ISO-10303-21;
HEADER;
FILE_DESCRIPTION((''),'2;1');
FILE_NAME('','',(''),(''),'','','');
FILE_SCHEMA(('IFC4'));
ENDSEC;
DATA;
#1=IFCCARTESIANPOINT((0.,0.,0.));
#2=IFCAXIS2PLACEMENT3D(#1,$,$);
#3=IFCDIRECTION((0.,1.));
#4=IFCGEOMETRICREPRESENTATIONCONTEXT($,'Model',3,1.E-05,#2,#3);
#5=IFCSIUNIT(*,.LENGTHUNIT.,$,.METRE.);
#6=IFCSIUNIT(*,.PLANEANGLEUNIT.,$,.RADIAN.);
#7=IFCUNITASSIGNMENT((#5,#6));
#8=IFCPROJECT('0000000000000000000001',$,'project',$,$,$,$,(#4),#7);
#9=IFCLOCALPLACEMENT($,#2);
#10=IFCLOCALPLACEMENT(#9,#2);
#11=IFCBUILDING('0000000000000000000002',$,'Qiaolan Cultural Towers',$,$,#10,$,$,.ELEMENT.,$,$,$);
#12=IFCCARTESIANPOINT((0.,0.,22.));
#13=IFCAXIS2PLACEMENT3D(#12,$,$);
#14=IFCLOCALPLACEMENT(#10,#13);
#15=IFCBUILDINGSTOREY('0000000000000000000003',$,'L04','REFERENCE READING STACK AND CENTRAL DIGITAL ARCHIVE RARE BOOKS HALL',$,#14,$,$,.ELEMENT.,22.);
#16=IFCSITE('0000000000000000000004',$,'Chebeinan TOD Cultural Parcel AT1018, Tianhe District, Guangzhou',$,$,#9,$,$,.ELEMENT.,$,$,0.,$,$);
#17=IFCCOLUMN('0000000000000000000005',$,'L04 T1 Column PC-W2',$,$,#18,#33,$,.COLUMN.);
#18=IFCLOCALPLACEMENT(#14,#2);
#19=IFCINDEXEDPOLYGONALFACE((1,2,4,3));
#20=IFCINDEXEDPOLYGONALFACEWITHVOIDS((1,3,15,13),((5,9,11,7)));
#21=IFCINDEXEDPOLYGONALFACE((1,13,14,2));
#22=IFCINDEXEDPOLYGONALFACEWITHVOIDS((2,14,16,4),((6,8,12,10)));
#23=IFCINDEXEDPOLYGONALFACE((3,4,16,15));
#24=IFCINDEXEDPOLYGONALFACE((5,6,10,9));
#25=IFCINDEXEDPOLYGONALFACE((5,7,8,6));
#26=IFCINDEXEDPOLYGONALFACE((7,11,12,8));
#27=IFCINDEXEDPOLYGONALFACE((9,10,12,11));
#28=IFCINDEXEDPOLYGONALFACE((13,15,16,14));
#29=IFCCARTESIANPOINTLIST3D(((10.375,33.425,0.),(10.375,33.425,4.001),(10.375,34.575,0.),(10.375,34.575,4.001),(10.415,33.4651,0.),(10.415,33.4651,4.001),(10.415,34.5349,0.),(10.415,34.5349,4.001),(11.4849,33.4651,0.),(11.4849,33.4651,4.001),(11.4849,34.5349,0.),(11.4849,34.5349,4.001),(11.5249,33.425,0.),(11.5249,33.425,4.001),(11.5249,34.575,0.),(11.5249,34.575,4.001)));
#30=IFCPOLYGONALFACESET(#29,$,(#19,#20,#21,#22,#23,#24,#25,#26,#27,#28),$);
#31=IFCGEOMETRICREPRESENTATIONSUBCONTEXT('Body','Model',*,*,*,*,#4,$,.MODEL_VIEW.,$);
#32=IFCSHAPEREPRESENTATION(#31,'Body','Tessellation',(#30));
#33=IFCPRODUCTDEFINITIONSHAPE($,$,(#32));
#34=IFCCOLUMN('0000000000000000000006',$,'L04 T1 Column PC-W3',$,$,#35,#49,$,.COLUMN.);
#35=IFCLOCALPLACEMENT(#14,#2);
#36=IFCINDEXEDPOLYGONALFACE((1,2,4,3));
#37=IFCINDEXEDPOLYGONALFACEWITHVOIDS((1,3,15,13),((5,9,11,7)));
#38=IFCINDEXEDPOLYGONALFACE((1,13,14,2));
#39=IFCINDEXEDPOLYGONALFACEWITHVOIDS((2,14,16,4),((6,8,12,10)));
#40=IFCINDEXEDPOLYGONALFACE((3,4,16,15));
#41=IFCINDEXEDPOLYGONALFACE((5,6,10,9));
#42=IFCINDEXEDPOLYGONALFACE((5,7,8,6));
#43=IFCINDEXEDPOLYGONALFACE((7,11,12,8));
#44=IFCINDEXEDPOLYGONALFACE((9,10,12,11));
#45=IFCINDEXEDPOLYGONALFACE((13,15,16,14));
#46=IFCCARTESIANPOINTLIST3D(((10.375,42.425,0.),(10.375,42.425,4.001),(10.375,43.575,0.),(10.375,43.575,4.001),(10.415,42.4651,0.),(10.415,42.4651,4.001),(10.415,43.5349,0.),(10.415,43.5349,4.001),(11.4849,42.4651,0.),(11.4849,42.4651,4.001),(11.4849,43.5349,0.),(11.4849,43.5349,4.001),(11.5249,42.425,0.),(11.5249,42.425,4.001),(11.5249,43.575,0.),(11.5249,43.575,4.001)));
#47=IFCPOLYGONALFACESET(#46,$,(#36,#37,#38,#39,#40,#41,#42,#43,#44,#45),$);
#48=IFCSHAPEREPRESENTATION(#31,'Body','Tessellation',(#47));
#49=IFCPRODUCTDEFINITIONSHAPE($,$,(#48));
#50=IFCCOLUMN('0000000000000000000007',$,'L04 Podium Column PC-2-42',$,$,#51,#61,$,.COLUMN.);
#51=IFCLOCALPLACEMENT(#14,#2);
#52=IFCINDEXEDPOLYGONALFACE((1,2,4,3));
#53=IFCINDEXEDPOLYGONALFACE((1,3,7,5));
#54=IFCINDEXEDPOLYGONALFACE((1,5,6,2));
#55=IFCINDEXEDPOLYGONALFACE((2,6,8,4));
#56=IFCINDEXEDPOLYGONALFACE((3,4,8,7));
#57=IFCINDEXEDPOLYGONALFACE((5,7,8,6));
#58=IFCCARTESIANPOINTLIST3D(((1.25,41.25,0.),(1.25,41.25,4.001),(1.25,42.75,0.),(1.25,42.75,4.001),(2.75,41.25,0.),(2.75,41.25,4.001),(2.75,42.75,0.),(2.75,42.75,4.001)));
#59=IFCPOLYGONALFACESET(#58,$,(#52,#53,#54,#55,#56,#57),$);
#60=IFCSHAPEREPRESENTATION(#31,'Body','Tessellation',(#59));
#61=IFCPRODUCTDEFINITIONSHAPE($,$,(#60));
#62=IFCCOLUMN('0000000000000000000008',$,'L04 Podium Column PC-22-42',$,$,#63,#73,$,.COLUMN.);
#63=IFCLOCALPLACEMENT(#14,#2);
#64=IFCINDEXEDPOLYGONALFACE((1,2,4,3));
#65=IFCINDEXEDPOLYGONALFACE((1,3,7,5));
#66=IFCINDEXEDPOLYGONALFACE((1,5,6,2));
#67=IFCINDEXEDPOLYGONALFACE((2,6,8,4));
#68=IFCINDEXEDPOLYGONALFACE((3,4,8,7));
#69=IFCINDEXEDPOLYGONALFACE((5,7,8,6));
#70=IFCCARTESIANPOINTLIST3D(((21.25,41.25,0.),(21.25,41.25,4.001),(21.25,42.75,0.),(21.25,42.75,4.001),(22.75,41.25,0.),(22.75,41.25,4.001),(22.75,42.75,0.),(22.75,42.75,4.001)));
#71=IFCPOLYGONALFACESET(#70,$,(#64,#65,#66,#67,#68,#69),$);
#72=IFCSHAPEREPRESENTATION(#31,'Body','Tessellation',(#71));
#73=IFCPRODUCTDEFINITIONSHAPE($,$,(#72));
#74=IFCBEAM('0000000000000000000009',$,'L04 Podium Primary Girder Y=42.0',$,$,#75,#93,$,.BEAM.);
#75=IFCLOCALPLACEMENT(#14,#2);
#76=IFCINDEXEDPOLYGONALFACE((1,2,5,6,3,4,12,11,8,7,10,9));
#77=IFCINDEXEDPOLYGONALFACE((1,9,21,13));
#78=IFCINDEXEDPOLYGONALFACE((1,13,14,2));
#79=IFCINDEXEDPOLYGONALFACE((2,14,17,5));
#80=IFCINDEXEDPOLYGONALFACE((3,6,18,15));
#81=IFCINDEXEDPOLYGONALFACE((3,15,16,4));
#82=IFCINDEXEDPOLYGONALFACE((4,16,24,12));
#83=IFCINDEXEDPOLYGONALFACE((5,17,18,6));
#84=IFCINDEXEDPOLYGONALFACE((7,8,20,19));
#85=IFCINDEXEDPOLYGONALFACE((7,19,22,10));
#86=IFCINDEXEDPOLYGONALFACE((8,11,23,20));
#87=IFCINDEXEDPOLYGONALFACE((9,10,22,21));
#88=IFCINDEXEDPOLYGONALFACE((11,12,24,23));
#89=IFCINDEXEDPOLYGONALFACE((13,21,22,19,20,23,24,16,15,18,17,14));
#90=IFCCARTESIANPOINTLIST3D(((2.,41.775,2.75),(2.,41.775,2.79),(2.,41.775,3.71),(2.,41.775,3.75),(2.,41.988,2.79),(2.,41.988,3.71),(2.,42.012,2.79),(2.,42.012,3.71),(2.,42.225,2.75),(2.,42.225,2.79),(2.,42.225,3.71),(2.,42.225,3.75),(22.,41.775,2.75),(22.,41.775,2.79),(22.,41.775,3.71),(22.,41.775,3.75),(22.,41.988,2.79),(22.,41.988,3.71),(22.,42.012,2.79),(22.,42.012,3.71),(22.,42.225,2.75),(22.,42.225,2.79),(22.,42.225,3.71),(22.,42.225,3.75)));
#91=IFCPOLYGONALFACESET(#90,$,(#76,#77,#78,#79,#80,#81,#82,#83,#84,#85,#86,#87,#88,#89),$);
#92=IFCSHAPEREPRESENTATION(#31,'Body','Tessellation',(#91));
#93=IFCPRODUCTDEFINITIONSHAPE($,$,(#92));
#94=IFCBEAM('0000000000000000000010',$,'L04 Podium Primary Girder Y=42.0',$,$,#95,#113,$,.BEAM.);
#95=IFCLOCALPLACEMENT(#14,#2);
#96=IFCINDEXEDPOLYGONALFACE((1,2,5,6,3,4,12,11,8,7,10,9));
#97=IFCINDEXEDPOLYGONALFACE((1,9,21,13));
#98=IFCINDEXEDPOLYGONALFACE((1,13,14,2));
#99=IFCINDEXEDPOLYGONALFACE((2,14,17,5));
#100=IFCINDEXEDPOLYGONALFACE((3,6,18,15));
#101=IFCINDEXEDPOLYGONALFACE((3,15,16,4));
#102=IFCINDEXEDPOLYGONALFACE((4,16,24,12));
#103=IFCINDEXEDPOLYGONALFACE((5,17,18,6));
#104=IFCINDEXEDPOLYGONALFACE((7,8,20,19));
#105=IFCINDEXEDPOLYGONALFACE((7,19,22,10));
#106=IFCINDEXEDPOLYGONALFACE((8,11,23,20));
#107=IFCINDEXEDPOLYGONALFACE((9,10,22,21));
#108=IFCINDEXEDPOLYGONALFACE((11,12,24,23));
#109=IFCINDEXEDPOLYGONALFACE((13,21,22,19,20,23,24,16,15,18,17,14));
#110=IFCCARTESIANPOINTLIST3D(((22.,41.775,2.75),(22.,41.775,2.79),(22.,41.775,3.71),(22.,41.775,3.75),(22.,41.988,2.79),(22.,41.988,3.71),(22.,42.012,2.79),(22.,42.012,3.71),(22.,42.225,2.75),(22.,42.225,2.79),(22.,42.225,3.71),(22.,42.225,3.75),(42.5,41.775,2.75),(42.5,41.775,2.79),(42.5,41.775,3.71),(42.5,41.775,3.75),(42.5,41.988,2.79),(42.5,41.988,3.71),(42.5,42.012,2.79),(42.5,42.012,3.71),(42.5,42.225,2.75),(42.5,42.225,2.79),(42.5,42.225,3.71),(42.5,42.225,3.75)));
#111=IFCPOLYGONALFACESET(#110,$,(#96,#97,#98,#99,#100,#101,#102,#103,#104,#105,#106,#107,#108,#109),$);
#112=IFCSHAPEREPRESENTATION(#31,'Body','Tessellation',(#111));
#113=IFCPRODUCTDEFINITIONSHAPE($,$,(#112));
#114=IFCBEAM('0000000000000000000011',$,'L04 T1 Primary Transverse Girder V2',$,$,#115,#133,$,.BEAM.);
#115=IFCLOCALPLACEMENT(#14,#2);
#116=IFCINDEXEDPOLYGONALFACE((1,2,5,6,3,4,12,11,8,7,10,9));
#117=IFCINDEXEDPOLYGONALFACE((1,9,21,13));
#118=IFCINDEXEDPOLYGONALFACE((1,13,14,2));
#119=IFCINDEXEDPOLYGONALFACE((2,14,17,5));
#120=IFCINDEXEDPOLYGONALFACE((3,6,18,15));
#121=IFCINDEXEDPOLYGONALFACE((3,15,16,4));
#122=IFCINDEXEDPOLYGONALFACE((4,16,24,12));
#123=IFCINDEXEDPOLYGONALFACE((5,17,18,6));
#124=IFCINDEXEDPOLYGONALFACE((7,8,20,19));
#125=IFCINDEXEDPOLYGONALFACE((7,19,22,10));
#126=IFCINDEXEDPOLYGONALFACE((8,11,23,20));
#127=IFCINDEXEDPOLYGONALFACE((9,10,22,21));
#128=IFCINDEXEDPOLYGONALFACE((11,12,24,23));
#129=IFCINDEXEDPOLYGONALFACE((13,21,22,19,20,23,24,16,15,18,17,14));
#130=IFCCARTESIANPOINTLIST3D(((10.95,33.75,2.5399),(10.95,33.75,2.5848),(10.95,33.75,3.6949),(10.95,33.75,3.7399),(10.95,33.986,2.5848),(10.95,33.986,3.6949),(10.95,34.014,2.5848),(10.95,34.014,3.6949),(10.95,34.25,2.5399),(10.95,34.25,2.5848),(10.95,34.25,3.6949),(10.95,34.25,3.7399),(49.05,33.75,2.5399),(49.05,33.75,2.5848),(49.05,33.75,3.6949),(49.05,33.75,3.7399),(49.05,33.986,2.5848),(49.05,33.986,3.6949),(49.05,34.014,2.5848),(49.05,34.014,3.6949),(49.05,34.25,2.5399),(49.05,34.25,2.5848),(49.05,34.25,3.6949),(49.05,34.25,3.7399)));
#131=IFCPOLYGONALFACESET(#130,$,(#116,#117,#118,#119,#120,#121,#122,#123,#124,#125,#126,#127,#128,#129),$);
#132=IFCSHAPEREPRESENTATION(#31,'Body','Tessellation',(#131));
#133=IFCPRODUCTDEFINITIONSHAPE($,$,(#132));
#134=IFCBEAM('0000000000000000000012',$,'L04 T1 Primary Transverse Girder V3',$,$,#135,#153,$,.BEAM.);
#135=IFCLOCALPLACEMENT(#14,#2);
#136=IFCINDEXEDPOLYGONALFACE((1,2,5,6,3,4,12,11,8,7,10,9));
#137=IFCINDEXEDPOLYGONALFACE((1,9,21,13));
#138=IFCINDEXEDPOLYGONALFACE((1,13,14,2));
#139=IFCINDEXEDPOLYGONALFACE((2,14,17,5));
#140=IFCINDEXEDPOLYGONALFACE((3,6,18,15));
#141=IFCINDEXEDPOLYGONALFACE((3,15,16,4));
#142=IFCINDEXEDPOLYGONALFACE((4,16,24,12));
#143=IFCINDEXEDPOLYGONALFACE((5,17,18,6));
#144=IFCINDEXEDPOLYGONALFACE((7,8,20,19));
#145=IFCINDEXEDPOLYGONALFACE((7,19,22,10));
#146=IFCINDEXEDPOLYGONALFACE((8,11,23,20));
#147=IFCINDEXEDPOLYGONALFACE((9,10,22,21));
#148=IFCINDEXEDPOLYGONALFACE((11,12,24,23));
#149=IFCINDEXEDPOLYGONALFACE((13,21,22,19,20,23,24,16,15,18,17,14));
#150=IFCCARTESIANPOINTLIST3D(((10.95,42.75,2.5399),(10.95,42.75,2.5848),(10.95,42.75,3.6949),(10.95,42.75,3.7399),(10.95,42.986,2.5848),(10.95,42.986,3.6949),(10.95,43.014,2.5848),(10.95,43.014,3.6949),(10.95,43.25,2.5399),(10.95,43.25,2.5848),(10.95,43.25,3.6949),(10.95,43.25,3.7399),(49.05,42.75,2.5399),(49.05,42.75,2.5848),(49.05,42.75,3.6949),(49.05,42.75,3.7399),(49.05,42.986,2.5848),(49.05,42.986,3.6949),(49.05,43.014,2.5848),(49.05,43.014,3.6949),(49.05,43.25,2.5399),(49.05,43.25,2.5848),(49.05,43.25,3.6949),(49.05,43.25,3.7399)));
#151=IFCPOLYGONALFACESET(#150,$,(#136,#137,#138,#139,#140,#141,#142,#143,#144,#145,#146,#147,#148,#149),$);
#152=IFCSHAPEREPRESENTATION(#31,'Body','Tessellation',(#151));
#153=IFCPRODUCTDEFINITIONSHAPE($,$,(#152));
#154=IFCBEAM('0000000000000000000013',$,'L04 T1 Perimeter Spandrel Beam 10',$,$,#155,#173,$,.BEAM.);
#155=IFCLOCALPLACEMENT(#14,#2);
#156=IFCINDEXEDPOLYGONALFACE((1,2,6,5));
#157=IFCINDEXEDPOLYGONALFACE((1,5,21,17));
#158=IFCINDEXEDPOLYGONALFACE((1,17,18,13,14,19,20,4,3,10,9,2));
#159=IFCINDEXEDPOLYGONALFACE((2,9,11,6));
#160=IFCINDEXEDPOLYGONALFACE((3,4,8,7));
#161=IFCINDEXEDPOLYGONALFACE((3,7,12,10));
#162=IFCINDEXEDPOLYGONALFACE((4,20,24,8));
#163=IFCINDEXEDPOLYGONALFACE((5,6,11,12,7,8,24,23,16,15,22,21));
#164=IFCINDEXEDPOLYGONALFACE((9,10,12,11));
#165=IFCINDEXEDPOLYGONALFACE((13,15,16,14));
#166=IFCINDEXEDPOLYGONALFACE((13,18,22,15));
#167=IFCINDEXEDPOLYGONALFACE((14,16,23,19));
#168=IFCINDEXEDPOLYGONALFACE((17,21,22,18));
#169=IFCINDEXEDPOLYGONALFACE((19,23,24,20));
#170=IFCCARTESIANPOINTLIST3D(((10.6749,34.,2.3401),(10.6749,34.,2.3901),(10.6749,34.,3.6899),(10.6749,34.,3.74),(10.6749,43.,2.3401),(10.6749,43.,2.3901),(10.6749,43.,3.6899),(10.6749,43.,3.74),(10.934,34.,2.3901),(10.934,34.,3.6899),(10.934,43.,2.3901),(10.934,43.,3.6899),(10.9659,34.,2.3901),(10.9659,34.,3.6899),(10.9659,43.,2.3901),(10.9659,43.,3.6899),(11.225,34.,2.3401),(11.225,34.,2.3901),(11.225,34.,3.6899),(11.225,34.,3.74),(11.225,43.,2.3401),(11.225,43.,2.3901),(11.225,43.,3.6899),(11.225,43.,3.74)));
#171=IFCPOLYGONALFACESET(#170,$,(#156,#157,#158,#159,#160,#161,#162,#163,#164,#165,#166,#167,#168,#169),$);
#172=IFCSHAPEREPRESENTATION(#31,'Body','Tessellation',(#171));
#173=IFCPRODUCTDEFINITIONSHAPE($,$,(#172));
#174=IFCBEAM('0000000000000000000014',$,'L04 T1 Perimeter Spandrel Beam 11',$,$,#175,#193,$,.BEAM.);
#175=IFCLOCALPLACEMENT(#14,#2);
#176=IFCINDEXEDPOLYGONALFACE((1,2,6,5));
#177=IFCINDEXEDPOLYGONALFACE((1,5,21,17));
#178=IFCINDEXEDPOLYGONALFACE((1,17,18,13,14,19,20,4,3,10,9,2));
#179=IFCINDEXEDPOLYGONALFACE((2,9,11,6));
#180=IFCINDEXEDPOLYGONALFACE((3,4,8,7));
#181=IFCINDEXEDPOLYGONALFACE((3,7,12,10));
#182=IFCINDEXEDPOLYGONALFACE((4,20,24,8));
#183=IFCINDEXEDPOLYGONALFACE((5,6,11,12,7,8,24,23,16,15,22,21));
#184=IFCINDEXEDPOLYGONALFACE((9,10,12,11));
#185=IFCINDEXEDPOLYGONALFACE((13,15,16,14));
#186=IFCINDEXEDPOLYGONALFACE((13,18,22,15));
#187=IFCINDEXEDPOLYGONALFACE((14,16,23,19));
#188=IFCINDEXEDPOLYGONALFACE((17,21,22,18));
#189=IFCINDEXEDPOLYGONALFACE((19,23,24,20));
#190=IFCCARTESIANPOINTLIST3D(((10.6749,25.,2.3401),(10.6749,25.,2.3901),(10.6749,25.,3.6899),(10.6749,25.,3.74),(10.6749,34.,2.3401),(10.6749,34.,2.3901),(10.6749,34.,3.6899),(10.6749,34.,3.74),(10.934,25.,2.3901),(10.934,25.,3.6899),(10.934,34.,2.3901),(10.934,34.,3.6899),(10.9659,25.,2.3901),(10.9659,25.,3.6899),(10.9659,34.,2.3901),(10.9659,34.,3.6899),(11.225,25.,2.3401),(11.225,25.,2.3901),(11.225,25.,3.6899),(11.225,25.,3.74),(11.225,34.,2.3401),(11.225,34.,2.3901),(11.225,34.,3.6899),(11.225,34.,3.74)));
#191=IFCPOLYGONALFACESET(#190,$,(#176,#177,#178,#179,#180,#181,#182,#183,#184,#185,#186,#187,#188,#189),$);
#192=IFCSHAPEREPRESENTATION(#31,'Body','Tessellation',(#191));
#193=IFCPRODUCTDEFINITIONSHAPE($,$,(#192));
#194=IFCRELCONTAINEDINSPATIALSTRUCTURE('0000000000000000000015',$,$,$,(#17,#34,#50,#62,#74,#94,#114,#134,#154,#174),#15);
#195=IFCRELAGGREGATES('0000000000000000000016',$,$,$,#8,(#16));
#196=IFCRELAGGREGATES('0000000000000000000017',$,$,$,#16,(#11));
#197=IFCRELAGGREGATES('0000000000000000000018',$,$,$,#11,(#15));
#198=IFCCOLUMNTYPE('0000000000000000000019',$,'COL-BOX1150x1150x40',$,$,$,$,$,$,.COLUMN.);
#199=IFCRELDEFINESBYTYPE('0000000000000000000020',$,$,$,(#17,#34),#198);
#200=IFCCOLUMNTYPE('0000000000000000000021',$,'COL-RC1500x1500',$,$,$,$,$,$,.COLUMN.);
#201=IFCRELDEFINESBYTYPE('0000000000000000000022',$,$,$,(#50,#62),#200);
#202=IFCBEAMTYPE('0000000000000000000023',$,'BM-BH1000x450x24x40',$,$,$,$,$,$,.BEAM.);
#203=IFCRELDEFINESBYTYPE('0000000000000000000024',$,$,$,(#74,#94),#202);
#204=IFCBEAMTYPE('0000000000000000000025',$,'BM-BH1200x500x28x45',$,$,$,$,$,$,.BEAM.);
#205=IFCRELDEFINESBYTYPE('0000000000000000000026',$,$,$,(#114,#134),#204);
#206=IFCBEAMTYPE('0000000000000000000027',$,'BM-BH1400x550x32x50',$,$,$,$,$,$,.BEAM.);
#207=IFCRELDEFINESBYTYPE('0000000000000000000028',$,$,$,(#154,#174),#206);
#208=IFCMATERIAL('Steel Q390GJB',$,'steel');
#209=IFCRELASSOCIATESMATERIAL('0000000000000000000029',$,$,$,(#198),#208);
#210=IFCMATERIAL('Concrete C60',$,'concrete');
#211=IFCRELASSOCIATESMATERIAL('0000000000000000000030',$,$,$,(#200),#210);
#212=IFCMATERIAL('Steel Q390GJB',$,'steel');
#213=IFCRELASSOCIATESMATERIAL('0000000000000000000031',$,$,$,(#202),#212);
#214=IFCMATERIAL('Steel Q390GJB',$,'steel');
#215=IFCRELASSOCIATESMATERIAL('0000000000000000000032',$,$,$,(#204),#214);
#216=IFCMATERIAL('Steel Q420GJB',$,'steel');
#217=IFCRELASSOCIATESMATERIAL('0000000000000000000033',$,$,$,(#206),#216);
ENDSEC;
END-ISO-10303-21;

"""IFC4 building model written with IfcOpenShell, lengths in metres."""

from ifc_helpers import new_model, si_unit, direction, frame, origin, origin_2d, place, context, subcontext, project, spatial, rectangle, hollow_rectangle, i_section, extrude, material, material_profile, profile_set, type_object, element, save


model = new_model("IFC4")

# Units and contexts
model_context = context("Model", 3, precision=1e-05, world=origin(), true_north=direction((0.0, 1.0)))
body_context = subcontext(model_context, "Body", "Model", "MODEL_VIEW")
ifc_project = project(units=[si_unit("LENGTHUNIT", "METRE"), si_unit("PLANEANGLEUNIT", "RADIAN")], contexts=[model_context])

# Site, building, storey
site_placement = place(None, origin())
site = spatial("IfcSite", under=ifc_project, at=site_placement, Name="Chebeinan TOD Cultural Parcel AT1018, Tianhe District, Guangzhou", CompositionType="ELEMENT", RefElevation=0.0)
building_placement = place(site_placement, origin())
building = spatial("IfcBuilding", under=site, at=building_placement, Name="Qiaolan Cultural Towers", CompositionType="ELEMENT")
storey_placement = place(building_placement, frame((0.0, 0.0, 22.0)))
storey = spatial("IfcBuildingStorey", under=building, at=storey_placement, Name="L04", Description="REFERENCE READING STACK AND CENTRAL DIGITAL ARCHIVE RARE BOOKS HALL", CompositionType="ELEMENT", Elevation=22.0)

# Columns
ifc_material_1 = material(Name="Steel Q390GJB", Category="steel")
ifc_material_profile_1 = material_profile(ifc_material_1, hollow_rectangle(XDim=1.1499, YDim=1.1499, WallThickness=0.04, at=origin_2d()), Name="BOX1150x1150x40")
ifc_profile_set_1 = profile_set([ifc_material_profile_1], Name="Steel Q390GJB")
column_type_1 = type_object("IfcColumnType", Name="COL-BOX1150x1150x40", PredefinedType="COLUMN", material=ifc_profile_set_1)
for number, where, z_axis, x_axis, name in (
    (1, (10.95, 34.0, 0.0), (0.0, 0.0, 1.0), (1.0, 0.0, 0.0), "L04 T1 Column PC-W2"),
    (2, (10.95, 43.0, 0.0), (0.0, 0.0, 1.0), (1.0, 0.0, 0.0), "L04 T1 Column PC-W3"),
):
    element("IfcColumn", number, at=place(storey_placement, frame(where, z_axis=z_axis, x_axis=x_axis)), inside=storey, type_object=column_type_1, Name=name, PredefinedType="COLUMN", context=body_context, shape_type="SweptSolid", body=[
        extrude(hollow_rectangle(XDim=1.1499, YDim=1.1499, WallThickness=0.04, at=origin_2d()), origin(), (0.0, 0.0, 1.0), 4.001),
    ])
ifc_material_2 = material(Name="Concrete C60", Category="concrete")
ifc_material_profile_2 = material_profile(ifc_material_2, rectangle(XDim=1.5, YDim=1.5, at=origin_2d()), Name="RC1500x1500")
ifc_profile_set_2 = profile_set([ifc_material_profile_2], Name="Concrete C60")
column_type_2 = type_object("IfcColumnType", Name="COL-RC1500x1500", PredefinedType="COLUMN", material=ifc_profile_set_2)
for number, where, z_axis, x_axis, name in (
    (3, (2.0, 42.0, 0.0), (0.0, 0.0, 1.0), (1.0, 0.0, 0.0), "L04 Podium Column PC-2-42"),
    (4, (22.0, 42.0, 0.0), (0.0, 0.0, 1.0), (1.0, 0.0, 0.0), "L04 Podium Column PC-22-42"),
):
    element("IfcColumn", number, at=place(storey_placement, frame(where, z_axis=z_axis, x_axis=x_axis)), inside=storey, type_object=column_type_2, Name=name, PredefinedType="COLUMN", context=body_context, shape_type="SweptSolid", body=[
        extrude(rectangle(XDim=1.5, YDim=1.5, at=origin_2d()), origin(), (0.0, 0.0, 1.0), 4.001),
    ])

# Beams
ifc_material_3 = material(Name="Steel Q390GJB", Category="steel")
ifc_material_profile_3 = material_profile(ifc_material_3, i_section(OverallWidth=0.45, OverallDepth=1.0, WebThickness=0.0239, FlangeThickness=0.04, at=origin_2d()), Name="BH1000x450x24x40")
ifc_profile_set_3 = profile_set([ifc_material_profile_3], Name="Steel Q390GJB")
beam_type_1 = type_object("IfcBeamType", Name="BM-BH1000x450x24x40", PredefinedType="BEAM", material=ifc_profile_set_3)
beam_1_placement = place(storey_placement, frame((2.0, 42.0, 3.25), z_axis=(1.0, 0.0, 0.0), x_axis=(0.0, 1.0, 0.0)))
element("IfcBeam", 5, at=beam_1_placement, inside=storey, type_object=beam_type_1, Name="L04 Podium Primary Girder Y=42.0", PredefinedType="BEAM", context=body_context, shape_type="SweptSolid", body=[
    extrude(i_section(OverallWidth=0.45, OverallDepth=1.0, WebThickness=0.0239, FlangeThickness=0.04, at=origin_2d()), origin(), (0.0, 0.0, 1.0), 20.0),
])
beam_2_placement = place(storey_placement, frame((22.0, 42.0, 3.25), z_axis=(1.0, 0.0, 0.0), x_axis=(0.0, 1.0, 0.0)))
element("IfcBeam", 6, at=beam_2_placement, inside=storey, type_object=beam_type_1, Name="L04 Podium Primary Girder Y=42.0", PredefinedType="BEAM", context=body_context, shape_type="SweptSolid", body=[
    extrude(i_section(OverallWidth=0.45, OverallDepth=1.0, WebThickness=0.0239, FlangeThickness=0.04, at=origin_2d()), origin(), (0.0, 0.0, 1.0), 20.5),
])
ifc_material_4 = material(Name="Steel Q390GJB", Category="steel")
ifc_material_profile_4 = material_profile(ifc_material_4, i_section(OverallWidth=0.5, OverallDepth=1.2, WebThickness=0.0281, FlangeThickness=0.0449, at=origin_2d()), Name="BH1200x500x28x45")
ifc_profile_set_4 = profile_set([ifc_material_profile_4], Name="Steel Q390GJB")
beam_type_2 = type_object("IfcBeamType", Name="BM-BH1200x500x28x45", PredefinedType="BEAM", material=ifc_profile_set_4)
for number, where, z_axis, x_axis, name in (
    (7, (10.95, 34.0, 3.1399), (1.0, 0.0, 0.0), (0.0, 1.0, 0.0), "L04 T1 Primary Transverse Girder V2"),
    (8, (10.95, 43.0, 3.1399), (1.0, 0.0, 0.0), (0.0, 1.0, 0.0), "L04 T1 Primary Transverse Girder V3"),
):
    element("IfcBeam", number, at=place(storey_placement, frame(where, z_axis=z_axis, x_axis=x_axis)), inside=storey, type_object=beam_type_2, Name=name, PredefinedType="BEAM", context=body_context, shape_type="SweptSolid", body=[
        extrude(i_section(OverallWidth=0.5, OverallDepth=1.2, WebThickness=0.0281, FlangeThickness=0.0449, at=origin_2d()), origin(), (0.0, 0.0, 1.0), 38.1001),
    ])
ifc_material_5 = material(Name="Steel Q420GJB", Category="steel")
ifc_material_profile_5 = material_profile(ifc_material_5, i_section(OverallWidth=0.55, OverallDepth=1.3999, WebThickness=0.032, FlangeThickness=0.05, at=origin_2d()), Name="BH1400x550x32x50")
ifc_profile_set_5 = profile_set([ifc_material_profile_5], Name="Steel Q420GJB")
beam_type_3 = type_object("IfcBeamType", Name="BM-BH1400x550x32x50", PredefinedType="BEAM", material=ifc_profile_set_5)
for number, where, z_axis, x_axis, name in (
    (9, (10.95, 43.0, 3.04), (0.0, -1.0, 0.0), (1.0, 0.0, 0.0), "L04 T1 Perimeter Spandrel Beam 10"),
    (10, (10.95, 34.0, 3.04), (0.0, -1.0, 0.0), (1.0, 0.0, 0.0), "L04 T1 Perimeter Spandrel Beam 11"),
):
    element("IfcBeam", number, at=place(storey_placement, frame(where, z_axis=z_axis, x_axis=x_axis)), inside=storey, type_object=beam_type_3, Name=name, PredefinedType="BEAM", context=body_context, shape_type="SweptSolid", body=[
        extrude(i_section(OverallWidth=0.55, OverallDepth=1.3999, WebThickness=0.032, FlangeThickness=0.05, at=origin_2d()), origin(), (0.0, 0.0, 1.0), 9.0),
    ])

save(model, "model.ifc")
